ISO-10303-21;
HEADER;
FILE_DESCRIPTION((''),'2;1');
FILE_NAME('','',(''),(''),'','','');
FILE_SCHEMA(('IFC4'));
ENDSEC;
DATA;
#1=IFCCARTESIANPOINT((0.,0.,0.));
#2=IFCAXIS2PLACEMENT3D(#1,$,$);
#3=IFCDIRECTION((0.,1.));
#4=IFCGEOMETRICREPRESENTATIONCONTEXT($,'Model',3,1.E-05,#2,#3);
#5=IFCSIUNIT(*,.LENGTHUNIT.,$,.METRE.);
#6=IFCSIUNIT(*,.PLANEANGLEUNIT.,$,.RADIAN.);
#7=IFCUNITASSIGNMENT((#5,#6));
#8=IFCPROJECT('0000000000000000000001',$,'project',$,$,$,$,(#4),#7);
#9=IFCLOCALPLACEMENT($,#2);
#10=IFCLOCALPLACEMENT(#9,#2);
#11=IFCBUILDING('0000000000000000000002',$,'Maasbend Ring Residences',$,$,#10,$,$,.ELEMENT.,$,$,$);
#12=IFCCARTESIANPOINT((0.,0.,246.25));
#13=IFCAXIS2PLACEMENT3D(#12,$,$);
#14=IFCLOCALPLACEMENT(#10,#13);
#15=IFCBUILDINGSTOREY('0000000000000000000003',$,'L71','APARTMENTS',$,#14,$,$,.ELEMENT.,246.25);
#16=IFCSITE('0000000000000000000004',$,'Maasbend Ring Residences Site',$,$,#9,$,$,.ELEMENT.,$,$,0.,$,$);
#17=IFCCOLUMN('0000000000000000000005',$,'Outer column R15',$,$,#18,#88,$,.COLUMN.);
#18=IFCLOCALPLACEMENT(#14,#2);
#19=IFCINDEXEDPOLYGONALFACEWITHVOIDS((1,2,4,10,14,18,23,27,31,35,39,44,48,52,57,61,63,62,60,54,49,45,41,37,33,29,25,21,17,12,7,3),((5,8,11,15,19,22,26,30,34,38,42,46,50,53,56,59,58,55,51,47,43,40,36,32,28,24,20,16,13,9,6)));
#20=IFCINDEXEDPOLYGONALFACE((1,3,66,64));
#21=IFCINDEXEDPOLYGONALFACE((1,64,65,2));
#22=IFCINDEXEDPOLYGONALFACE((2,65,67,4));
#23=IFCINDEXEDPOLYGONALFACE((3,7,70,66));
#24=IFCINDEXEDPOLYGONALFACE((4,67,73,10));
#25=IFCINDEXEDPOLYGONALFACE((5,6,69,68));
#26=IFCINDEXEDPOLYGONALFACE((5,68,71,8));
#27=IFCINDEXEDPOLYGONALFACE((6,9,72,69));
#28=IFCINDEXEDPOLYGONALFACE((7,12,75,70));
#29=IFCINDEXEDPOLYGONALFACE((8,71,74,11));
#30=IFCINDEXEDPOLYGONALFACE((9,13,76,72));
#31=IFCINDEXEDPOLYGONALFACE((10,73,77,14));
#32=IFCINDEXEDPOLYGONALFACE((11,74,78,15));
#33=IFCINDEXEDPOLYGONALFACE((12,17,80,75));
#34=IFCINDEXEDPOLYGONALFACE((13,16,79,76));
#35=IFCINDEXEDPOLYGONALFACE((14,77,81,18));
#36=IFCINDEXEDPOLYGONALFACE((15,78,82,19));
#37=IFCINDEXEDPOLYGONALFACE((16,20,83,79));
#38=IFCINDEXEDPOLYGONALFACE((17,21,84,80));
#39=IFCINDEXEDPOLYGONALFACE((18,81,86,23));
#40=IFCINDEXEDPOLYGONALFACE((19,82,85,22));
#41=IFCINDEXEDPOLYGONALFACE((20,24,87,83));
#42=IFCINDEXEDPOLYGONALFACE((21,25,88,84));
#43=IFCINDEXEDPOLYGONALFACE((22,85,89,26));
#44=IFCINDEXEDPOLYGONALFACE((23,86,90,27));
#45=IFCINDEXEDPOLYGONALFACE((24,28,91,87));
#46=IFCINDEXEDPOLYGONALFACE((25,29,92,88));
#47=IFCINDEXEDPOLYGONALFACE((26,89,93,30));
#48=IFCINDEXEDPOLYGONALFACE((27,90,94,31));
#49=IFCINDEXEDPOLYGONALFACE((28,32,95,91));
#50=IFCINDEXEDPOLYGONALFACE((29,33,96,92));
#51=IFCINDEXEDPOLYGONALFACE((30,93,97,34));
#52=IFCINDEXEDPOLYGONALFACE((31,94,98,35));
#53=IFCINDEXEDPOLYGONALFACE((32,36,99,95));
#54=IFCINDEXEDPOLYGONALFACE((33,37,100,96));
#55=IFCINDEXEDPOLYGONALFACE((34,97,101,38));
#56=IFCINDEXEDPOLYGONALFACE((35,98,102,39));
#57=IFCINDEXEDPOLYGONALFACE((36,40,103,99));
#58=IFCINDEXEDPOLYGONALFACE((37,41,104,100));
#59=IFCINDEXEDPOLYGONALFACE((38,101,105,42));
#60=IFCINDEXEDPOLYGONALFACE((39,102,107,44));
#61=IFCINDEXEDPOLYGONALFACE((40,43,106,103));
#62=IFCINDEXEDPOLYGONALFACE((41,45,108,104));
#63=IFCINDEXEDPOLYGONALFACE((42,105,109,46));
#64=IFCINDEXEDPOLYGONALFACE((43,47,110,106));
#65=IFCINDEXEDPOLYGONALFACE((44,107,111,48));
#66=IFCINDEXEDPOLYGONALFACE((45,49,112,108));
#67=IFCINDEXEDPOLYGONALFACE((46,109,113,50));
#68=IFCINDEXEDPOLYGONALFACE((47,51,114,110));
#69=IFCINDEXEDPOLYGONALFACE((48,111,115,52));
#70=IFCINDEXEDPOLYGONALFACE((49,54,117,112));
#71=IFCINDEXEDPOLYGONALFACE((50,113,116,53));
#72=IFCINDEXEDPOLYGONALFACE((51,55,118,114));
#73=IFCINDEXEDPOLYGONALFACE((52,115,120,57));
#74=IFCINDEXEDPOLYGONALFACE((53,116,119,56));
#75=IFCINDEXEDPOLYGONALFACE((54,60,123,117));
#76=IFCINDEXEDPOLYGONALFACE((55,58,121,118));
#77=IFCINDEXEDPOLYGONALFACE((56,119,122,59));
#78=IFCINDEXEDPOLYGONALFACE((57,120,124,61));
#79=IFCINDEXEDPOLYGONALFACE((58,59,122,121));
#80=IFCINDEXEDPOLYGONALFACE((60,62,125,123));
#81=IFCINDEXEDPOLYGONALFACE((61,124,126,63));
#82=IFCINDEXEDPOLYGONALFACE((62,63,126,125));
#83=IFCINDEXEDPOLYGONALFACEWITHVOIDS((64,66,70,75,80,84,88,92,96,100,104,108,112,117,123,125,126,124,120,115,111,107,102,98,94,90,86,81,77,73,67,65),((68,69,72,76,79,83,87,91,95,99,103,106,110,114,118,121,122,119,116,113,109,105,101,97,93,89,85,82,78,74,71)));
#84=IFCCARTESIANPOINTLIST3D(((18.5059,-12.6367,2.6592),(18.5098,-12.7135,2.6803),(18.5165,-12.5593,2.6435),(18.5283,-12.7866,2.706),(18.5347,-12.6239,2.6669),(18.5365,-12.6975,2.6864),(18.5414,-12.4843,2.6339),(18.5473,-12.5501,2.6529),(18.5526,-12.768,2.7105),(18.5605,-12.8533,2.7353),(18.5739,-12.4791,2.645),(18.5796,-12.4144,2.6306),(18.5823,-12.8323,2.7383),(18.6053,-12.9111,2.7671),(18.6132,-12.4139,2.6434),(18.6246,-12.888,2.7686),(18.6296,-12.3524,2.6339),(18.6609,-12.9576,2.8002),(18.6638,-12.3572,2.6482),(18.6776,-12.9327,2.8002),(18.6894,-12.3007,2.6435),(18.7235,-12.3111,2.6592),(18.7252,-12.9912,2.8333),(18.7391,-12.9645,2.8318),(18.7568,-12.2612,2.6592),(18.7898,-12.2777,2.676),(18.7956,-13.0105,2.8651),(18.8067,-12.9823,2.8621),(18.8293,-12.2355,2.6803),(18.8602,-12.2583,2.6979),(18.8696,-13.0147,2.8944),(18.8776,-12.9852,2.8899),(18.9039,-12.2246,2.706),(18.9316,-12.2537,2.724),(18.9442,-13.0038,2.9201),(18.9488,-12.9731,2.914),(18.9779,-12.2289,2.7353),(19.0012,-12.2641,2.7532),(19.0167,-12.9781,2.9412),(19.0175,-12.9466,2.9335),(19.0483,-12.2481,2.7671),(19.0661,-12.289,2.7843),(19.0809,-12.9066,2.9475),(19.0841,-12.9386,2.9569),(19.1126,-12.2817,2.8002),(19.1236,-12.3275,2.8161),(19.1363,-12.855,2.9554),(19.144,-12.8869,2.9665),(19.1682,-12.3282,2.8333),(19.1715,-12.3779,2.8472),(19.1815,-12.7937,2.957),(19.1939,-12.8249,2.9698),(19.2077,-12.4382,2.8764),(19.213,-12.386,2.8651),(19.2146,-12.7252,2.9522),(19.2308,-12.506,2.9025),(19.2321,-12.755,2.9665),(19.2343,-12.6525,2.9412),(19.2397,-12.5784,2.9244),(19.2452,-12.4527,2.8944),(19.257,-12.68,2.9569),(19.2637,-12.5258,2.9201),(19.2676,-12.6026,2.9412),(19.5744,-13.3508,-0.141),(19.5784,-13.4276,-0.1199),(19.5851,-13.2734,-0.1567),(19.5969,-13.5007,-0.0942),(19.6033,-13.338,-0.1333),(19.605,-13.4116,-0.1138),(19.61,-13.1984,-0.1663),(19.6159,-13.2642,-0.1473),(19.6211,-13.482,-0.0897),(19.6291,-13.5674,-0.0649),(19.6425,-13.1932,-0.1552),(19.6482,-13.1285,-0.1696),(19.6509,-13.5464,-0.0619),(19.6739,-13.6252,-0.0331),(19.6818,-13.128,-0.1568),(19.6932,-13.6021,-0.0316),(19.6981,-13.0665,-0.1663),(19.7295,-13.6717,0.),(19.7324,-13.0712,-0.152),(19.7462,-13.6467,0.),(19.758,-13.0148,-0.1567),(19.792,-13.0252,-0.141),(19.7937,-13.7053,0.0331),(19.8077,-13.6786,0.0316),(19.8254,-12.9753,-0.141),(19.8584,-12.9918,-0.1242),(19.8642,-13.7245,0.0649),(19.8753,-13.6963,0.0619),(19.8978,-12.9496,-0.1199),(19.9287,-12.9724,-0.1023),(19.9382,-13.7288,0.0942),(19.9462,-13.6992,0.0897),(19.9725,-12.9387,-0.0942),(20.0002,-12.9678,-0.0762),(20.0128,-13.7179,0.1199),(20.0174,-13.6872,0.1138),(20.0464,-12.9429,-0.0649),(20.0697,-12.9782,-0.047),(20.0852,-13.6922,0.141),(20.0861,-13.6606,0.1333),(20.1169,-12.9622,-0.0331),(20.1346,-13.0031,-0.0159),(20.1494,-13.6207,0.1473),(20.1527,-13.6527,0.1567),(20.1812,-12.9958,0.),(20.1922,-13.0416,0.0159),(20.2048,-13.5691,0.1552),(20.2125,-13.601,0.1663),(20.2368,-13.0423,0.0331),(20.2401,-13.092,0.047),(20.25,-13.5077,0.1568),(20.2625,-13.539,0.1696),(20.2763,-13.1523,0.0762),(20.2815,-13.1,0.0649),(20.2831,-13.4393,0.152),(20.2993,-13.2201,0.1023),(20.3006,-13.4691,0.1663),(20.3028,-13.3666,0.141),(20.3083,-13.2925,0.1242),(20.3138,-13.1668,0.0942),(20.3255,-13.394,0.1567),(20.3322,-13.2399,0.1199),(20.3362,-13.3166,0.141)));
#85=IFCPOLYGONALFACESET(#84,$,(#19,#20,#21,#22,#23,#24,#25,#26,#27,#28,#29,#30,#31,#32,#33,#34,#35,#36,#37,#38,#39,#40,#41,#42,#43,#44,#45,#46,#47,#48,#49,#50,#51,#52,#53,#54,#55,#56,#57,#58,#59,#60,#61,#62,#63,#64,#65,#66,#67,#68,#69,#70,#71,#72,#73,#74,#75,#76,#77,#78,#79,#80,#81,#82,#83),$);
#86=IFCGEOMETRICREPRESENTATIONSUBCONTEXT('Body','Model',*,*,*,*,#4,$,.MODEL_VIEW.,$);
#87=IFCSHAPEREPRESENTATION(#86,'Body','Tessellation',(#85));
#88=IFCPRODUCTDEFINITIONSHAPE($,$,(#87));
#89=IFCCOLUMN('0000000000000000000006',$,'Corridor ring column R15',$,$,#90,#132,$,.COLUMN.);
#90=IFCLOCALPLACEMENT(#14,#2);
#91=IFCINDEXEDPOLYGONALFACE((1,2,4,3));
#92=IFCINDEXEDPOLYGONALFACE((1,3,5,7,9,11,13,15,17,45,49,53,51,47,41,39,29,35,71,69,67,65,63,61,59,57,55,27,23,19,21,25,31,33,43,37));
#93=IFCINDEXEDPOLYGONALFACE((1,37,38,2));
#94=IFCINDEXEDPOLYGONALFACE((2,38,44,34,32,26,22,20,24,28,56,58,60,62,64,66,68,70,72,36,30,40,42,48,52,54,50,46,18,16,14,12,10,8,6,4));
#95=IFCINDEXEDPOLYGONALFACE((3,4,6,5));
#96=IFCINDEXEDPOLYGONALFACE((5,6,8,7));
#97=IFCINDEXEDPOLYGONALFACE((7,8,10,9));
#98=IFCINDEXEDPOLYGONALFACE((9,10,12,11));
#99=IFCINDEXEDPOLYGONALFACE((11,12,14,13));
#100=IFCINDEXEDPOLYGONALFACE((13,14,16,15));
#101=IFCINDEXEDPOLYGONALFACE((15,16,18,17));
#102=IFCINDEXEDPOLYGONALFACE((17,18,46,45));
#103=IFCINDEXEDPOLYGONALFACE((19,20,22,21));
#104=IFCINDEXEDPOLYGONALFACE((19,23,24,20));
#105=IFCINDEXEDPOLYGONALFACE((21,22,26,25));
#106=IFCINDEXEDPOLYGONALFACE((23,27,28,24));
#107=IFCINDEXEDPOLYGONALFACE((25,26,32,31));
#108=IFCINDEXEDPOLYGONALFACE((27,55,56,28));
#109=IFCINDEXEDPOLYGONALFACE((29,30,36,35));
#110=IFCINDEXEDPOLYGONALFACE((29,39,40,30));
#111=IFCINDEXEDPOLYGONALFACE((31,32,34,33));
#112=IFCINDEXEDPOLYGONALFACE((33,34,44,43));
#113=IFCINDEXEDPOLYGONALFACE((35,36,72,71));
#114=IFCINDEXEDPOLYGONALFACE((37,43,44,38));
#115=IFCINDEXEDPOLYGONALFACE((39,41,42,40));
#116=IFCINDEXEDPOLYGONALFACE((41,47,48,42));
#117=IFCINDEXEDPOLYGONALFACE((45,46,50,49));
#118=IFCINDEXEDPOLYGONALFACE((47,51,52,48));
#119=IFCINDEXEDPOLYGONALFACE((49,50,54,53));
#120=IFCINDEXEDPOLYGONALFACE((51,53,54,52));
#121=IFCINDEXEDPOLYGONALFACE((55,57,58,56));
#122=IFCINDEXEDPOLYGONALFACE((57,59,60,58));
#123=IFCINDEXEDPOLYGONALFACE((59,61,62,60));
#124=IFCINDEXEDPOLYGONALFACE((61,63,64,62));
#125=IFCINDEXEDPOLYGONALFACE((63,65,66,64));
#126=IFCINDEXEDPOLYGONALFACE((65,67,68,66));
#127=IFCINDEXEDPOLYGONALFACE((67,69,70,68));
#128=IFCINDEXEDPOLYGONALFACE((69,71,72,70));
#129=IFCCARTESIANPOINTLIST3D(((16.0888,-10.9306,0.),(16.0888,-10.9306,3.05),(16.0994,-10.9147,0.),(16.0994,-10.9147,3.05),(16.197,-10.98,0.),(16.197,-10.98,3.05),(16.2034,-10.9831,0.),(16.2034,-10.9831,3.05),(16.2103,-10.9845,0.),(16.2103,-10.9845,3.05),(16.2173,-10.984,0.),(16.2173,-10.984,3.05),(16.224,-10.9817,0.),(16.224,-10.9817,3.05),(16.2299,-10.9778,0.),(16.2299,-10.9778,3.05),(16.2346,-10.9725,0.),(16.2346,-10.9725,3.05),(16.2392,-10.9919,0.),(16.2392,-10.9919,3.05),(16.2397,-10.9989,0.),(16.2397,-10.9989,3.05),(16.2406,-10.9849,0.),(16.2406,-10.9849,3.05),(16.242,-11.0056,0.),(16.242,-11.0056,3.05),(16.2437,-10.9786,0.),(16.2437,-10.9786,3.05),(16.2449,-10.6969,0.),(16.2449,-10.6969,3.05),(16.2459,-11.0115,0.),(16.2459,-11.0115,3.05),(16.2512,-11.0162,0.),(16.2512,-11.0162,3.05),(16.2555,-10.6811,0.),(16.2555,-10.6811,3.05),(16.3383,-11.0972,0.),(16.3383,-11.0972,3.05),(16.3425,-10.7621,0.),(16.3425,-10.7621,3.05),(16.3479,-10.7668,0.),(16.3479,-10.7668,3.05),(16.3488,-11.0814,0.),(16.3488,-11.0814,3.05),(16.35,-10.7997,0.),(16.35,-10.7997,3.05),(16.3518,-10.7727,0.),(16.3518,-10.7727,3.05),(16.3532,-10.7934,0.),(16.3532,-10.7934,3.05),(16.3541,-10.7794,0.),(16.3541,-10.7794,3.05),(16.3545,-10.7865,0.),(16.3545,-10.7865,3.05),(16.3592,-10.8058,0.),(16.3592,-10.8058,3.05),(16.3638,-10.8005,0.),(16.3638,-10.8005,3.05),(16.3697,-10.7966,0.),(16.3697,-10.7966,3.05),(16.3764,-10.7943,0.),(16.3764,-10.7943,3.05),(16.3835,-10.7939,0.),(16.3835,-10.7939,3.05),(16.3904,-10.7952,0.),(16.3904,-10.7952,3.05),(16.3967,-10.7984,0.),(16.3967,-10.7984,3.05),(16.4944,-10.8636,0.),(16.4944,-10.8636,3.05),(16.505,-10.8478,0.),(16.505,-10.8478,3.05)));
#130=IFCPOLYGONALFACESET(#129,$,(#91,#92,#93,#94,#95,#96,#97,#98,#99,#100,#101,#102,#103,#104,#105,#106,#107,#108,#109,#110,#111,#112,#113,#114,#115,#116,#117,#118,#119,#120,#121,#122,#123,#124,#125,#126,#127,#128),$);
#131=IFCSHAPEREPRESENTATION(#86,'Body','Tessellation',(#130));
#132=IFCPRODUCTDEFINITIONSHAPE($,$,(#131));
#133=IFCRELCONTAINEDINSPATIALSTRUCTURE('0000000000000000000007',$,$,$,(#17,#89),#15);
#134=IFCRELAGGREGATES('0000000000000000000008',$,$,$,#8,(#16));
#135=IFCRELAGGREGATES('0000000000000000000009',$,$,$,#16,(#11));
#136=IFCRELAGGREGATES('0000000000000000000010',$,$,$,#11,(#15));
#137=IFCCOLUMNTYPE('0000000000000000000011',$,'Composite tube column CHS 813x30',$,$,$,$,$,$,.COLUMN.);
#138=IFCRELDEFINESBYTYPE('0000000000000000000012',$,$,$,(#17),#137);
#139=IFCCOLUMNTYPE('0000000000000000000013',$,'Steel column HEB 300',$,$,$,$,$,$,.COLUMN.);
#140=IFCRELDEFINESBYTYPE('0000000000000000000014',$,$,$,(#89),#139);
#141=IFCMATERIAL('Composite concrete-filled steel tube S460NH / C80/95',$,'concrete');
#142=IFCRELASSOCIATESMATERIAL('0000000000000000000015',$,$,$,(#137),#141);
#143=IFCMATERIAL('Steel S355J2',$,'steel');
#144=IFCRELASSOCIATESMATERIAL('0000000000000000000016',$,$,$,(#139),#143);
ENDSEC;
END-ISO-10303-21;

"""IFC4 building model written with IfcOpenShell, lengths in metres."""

from ifc_helpers import new_model, si_unit, direction, frame, origin, origin_2d, place, context, subcontext, project, spatial, hollow_circle, i_section, extrude, material, material_profile, profile_set, type_object, element, save


model = new_model("IFC4")

# Units and contexts
model_context = context("Model", 3, precision=1e-05, world=origin(), true_north=direction((0.0, 1.0)))
body_context = subcontext(model_context, "Body", "Model", "MODEL_VIEW")
ifc_project = project(units=[si_unit("LENGTHUNIT", "METRE"), si_unit("PLANEANGLEUNIT", "RADIAN")], contexts=[model_context])

# Site, building, storey
site_placement = place(None, origin())
site = spatial("IfcSite", under=ifc_project, at=site_placement, Name="Maasbend Ring Residences Site", CompositionType="ELEMENT", RefElevation=0.0)
building_placement = place(site_placement, origin())
building = spatial("IfcBuilding", under=site, at=building_placement, Name="Maasbend Ring Residences", CompositionType="ELEMENT")
storey_placement = place(building_placement, frame((0.0, 0.0, 246.25)))
storey = spatial("IfcBuildingStorey", under=building, at=storey_placement, Name="L71", Description="APARTMENTS", CompositionType="ELEMENT", Elevation=246.25)

# Columns
ifc_material_1 = material(Name="Composite concrete-filled steel tube S460NH / C80/95", Category="concrete")
ifc_material_profile_1 = material_profile(ifc_material_1, hollow_circle(Radius=0.4065, WallThickness=0.03, at=origin_2d()), Name="Composite tube column CHS 813x30")
ifc_profile_set_1 = profile_set([ifc_material_profile_1], Name="Composite concrete-filled steel tube S460NH / C80/95")
column_type_1 = type_object("IfcColumnType", Name="Composite tube column CHS 813x30", PredefinedType="COLUMN", material=ifc_profile_set_1)
column_1_placement = place(storey_placement, frame((19.9553, -13.3337, 0.0), z_axis=(-0.346819, 0.231767, 0.908846), x_axis=(-0.55562, -0.831436, 0.0)))
element("IfcColumn", 1, at=column_1_placement, inside=storey, type_object=column_type_1, Name="Outer column R15", PredefinedType="COLUMN", context=body_context, shape_type="SweptSolid", body=[
    extrude(hollow_circle(Radius=0.4065, WallThickness=0.03, at=origin_2d()), origin(), (0.0, 0.0, 1.0), 3.0811),
])
ifc_material_2 = material(Name="Steel S355J2", Category="steel")
ifc_material_profile_2 = material_profile(ifc_material_2, i_section(OverallWidth=0.3, OverallDepth=0.3, WebThickness=0.011, FlangeThickness=0.019, FilletRadius=0.0271, at=origin_2d()), Name="HEB 300")
ifc_profile_set_2 = profile_set([ifc_material_profile_2], Name="Steel S355J2")
column_type_2 = type_object("IfcColumnType", Name="Steel column HEB 300", PredefinedType="COLUMN", material=ifc_profile_set_2)
column_2_placement = place(storey_placement, frame((16.2969, -10.8892, 0.0), z_axis=(0.0, 0.0, 1.0), x_axis=(0.83147, -0.55557, 0.0)))
element("IfcColumn", 2, at=column_2_placement, inside=storey, type_object=column_type_2, Name="Corridor ring column R15", PredefinedType="COLUMN", context=body_context, shape_type="SweptSolid", body=[
    extrude(i_section(OverallWidth=0.3, OverallDepth=0.3, WebThickness=0.011, FlangeThickness=0.019, FilletRadius=0.0271, at=origin_2d()), origin(), (0.0, 0.0, 1.0), 3.05),
])

save(model, "model.ifc")
